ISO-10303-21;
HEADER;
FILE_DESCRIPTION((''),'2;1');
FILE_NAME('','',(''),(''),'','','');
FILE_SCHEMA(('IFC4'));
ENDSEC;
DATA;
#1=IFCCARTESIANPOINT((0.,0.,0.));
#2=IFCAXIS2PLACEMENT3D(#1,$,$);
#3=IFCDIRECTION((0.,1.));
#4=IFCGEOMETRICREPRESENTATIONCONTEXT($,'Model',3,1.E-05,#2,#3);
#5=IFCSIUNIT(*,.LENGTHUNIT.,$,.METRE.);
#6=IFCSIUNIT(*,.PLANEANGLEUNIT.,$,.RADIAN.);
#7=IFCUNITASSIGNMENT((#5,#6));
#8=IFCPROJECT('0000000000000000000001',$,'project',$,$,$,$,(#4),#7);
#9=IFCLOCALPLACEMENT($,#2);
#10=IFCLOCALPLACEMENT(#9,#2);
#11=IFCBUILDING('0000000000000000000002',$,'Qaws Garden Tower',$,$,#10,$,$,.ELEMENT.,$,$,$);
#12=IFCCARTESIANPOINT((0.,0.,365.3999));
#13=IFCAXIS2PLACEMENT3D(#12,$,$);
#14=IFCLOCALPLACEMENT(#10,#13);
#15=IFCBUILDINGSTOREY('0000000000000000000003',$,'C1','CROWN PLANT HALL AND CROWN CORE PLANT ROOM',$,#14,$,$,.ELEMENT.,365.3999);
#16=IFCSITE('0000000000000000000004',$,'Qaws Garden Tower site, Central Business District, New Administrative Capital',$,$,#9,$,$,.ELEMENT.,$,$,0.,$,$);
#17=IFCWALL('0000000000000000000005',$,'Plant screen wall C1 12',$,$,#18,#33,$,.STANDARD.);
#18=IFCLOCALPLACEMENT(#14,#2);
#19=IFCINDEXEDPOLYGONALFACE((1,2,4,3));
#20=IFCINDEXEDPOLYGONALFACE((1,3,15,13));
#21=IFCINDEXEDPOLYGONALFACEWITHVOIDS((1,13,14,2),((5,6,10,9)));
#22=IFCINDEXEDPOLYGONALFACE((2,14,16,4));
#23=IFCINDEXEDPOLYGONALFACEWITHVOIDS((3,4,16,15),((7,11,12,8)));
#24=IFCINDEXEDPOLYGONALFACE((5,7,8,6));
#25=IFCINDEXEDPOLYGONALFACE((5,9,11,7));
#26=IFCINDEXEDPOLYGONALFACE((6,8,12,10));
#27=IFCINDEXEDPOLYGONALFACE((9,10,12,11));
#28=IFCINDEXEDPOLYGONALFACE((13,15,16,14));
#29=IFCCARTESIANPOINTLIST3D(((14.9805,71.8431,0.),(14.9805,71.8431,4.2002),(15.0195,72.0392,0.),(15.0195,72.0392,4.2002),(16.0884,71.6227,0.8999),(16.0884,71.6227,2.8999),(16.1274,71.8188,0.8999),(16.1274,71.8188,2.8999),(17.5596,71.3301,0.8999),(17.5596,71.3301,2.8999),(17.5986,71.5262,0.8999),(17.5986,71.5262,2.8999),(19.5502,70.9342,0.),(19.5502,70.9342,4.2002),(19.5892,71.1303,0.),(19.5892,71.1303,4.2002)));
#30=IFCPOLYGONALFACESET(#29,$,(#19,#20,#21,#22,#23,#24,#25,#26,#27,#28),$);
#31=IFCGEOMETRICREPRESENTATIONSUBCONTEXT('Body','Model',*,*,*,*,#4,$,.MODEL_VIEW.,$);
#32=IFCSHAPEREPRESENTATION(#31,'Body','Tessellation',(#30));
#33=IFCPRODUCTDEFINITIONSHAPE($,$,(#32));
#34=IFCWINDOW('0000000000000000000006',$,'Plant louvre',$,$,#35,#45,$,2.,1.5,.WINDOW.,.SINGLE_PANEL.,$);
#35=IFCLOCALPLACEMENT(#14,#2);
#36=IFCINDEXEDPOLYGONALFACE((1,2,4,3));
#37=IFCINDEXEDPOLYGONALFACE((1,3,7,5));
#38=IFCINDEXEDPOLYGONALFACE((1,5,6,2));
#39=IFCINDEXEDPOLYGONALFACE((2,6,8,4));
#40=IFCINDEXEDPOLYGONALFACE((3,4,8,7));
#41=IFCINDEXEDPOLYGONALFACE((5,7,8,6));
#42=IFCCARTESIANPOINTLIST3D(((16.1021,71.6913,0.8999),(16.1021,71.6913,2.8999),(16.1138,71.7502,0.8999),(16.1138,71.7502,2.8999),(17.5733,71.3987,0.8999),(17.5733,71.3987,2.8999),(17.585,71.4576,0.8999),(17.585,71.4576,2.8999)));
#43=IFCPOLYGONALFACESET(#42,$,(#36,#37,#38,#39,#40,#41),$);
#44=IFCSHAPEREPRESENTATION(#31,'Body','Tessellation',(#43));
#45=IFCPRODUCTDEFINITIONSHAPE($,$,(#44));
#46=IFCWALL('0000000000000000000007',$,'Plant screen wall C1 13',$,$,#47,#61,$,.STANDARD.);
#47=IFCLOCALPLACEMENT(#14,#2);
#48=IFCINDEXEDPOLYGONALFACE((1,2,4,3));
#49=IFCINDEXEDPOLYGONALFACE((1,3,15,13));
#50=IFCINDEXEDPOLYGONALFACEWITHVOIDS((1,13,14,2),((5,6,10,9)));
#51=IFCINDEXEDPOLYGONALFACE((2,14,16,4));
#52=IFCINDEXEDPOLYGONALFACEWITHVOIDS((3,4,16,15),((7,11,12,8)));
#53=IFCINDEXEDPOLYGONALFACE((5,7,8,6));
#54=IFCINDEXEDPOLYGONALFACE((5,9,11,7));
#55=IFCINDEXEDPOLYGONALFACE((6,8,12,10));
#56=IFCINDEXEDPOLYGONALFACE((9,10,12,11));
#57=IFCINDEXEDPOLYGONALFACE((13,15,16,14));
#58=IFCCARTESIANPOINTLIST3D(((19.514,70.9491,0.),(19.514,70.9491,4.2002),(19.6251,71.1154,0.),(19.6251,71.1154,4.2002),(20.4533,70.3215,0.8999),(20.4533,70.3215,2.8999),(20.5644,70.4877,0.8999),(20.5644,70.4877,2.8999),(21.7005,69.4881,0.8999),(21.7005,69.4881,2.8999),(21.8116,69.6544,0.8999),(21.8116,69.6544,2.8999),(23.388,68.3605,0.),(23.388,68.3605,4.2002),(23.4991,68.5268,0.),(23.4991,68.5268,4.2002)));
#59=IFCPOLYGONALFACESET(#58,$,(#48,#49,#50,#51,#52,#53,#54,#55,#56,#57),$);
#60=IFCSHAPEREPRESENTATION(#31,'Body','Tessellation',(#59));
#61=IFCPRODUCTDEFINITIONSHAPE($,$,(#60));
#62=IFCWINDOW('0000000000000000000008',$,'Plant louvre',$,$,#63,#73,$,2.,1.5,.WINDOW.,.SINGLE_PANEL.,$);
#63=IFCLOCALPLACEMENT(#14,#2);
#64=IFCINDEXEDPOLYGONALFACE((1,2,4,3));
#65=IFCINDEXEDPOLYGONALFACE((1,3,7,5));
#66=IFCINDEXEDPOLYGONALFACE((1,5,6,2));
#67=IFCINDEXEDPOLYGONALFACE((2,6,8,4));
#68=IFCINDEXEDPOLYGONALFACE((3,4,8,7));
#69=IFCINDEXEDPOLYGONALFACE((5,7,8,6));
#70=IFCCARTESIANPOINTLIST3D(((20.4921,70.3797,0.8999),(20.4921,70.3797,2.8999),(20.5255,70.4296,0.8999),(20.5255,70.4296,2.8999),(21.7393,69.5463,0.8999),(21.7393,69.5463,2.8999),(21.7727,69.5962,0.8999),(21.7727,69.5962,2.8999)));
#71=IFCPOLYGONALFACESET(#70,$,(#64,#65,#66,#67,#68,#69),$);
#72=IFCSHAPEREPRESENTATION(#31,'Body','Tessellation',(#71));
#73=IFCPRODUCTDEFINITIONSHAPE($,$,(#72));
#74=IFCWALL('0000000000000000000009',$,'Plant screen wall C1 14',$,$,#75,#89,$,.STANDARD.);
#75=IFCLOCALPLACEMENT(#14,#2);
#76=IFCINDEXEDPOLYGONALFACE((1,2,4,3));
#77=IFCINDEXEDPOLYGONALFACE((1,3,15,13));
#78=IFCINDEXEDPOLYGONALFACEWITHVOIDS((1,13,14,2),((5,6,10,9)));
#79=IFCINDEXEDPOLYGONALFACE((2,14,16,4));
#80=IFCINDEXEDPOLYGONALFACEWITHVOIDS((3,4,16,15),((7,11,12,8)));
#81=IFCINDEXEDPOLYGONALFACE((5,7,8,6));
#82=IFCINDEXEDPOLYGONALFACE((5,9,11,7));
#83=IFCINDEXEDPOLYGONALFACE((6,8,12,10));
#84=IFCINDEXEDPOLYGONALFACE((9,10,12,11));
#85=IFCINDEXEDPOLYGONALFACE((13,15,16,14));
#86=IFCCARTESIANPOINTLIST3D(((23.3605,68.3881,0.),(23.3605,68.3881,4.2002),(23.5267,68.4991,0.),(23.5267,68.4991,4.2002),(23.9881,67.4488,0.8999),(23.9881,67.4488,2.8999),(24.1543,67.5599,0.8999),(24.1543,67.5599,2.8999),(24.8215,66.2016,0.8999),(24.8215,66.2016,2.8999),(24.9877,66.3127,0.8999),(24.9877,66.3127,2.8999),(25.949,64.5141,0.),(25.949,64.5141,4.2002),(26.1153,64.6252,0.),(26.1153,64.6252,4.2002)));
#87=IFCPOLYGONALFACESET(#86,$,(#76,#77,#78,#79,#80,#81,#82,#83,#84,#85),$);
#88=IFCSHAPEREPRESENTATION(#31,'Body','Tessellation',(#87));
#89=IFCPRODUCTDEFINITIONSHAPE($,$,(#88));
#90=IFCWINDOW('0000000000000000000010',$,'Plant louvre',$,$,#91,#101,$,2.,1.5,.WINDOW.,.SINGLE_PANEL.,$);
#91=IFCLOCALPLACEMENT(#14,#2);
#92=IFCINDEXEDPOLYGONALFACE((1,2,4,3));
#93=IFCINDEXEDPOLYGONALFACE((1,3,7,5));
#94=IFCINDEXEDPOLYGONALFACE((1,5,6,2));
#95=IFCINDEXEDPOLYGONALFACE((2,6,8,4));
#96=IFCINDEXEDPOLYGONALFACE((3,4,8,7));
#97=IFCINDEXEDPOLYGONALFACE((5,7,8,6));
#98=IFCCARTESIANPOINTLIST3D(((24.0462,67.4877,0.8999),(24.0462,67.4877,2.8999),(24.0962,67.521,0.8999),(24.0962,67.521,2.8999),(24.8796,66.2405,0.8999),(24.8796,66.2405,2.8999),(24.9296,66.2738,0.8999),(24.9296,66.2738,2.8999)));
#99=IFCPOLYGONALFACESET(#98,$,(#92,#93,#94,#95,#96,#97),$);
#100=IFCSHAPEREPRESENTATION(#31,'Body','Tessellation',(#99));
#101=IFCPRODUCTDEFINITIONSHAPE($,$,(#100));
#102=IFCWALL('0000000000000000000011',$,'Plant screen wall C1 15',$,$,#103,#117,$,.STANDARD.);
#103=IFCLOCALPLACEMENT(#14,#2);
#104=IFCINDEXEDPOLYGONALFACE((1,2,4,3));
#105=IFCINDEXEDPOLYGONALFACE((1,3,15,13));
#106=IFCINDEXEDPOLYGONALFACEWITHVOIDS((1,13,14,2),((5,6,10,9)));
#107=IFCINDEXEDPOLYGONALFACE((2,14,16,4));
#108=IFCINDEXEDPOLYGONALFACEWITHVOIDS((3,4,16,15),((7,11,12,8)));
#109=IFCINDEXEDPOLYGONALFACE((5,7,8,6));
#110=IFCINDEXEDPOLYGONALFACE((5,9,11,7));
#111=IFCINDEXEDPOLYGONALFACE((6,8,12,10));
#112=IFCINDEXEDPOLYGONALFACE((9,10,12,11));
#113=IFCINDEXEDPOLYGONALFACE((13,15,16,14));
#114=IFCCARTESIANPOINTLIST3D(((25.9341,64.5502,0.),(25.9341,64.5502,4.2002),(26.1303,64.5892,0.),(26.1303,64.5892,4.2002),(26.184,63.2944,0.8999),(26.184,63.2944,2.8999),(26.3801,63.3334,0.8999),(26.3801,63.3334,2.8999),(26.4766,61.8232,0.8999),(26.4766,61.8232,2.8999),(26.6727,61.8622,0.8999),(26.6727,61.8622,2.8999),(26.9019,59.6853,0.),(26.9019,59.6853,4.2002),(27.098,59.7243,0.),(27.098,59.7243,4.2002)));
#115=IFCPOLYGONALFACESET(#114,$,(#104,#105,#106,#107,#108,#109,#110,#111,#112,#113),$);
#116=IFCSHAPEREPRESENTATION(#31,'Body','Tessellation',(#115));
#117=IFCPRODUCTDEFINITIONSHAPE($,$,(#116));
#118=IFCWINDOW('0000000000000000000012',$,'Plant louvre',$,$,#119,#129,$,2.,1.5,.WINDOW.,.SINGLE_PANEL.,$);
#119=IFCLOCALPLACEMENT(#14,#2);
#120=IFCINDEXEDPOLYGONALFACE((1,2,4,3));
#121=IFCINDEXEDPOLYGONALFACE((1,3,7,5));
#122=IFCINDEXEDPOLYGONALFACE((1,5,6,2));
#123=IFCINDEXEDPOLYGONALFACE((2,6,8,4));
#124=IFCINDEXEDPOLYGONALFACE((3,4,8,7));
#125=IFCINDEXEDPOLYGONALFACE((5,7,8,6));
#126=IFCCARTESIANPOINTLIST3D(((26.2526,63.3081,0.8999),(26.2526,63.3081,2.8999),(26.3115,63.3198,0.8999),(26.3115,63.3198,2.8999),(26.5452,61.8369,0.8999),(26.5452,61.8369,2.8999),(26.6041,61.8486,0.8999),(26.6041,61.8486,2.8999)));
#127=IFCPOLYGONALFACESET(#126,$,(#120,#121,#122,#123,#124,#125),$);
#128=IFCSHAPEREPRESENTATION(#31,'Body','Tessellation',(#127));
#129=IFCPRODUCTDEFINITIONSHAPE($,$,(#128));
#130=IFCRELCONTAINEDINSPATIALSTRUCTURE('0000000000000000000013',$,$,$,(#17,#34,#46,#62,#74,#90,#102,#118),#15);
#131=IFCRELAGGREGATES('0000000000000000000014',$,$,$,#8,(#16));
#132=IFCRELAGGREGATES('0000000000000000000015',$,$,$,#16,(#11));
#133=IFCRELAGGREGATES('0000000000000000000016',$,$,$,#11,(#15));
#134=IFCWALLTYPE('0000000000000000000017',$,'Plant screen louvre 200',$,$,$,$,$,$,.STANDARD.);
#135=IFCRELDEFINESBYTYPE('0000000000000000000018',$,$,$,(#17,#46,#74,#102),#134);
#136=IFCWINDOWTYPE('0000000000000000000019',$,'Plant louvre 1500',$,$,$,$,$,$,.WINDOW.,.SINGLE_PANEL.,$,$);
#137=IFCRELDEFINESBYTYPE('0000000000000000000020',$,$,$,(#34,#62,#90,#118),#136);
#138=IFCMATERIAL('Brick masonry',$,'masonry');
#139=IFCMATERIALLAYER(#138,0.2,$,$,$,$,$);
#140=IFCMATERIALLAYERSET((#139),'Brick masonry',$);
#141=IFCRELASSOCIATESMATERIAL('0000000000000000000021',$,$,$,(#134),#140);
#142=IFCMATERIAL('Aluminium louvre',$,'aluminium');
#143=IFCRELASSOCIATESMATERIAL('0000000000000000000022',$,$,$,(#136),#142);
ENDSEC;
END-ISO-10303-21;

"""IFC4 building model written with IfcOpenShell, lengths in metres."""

from ifc_helpers import new_model, si_unit, direction, frame, frame_2d, origin, place, context, subcontext, project, spatial, rectangle, extrude, material, layer, layer_set, type_object, element, fill, save


model = new_model("IFC4")

# Units and contexts
model_context = context("Model", 3, precision=1e-05, world=origin(), true_north=direction((0.0, 1.0)))
body_context = subcontext(model_context, "Body", "Model", "MODEL_VIEW")
ifc_project = project(units=[si_unit("LENGTHUNIT", "METRE"), si_unit("PLANEANGLEUNIT", "RADIAN")], contexts=[model_context])

# Site, building, storey
site_placement = place(None, origin())
site = spatial("IfcSite", under=ifc_project, at=site_placement, Name="Qaws Garden Tower site, Central Business District, New Administrative Capital", CompositionType="ELEMENT", RefElevation=0.0)
building_placement = place(site_placement, origin())
building = spatial("IfcBuilding", under=site, at=building_placement, Name="Qaws Garden Tower", CompositionType="ELEMENT")
storey_placement = place(building_placement, frame((0.0, 0.0, 365.3999)))
storey = spatial("IfcBuildingStorey", under=building, at=storey_placement, Name="C1", Description="CROWN PLANT HALL AND CROWN CORE PLANT ROOM", CompositionType="ELEMENT", Elevation=365.3999)

# Walls, openings, windows
ifc_material_1 = material(Name="Brick masonry", Category="masonry")
ifc_layer_1 = layer(ifc_material_1, 0.2)
ifc_layer_set_1 = layer_set([ifc_layer_1], Name="Brick masonry")
wall_type_1 = type_object("IfcWallType", Name="Plant screen louvre 200", PredefinedType="STANDARD", material=ifc_layer_set_1)
wall_1_placement = place(storey_placement, frame((15.0, 71.9412, 0.0), z_axis=(0.0, 0.0, 1.0), x_axis=(0.980786, -0.195088, 0.0)))
wall_1 = element("IfcWall", 1, at=wall_1_placement, inside=storey, type_object=wall_type_1, Name="Plant screen wall C1 12", PredefinedType="STANDARD", context=body_context, shape_type="SweptSolid", body=[
    extrude(rectangle(XDim=4.6592, YDim=0.2, at=frame_2d((2.3296, 0.0))), origin(), (0.0, 0.0, 1.0), 4.2002),
])
opening_1_placement = place(wall_1_placement, frame((1.1296, 0.0, 0.8999)))
opening_1 = element("IfcOpeningElement", 2, at=opening_1_placement, cuts=wall_1, PredefinedType="OPENING", context=body_context, shape_type="SweptSolid", body=[
    extrude(rectangle(XDim=1.5, YDim=2.0, at=frame_2d((0.75, 1.0))), frame((0.0, 0.1099, 0.0), z_axis=(0.0, -1.0, 0.0), x_axis=(1.0, 0.0, 0.0)), (0.0, 0.0, 1.0), 0.22),
])
ifc_material_2 = material(Name="Aluminium louvre", Category="aluminium")
window_type = type_object("IfcWindowType", Name="Plant louvre 1500", PartitioningType="SINGLE_PANEL", PredefinedType="WINDOW", material=ifc_material_2)
window_1_placement = place(opening_1_placement, origin())
window_1 = element("IfcWindow", 3, at=window_1_placement, inside=storey, type_object=window_type, Name="Plant louvre", OverallHeight=2.0, OverallWidth=1.5, PartitioningType="SINGLE_PANEL", PredefinedType="WINDOW", context=body_context, shape_type="SweptSolid", body=[
    extrude(rectangle(XDim=1.5, YDim=2.0, at=frame_2d((0.75, 1.0))), frame((0.0, 0.03, 0.0), z_axis=(0.0, -1.0, 0.0), x_axis=(1.0, 0.0, 0.0)), (0.0, 0.0, 1.0), 0.0601),
])
fill(opening_1, window_1)
wall_2_placement = place(storey_placement, frame((19.5696, 71.0322, 0.0), z_axis=(0.0, 0.0, 1.0), x_axis=(0.831461, -0.555583, 0.0)))
wall_2 = element("IfcWall", 4, at=wall_2_placement, inside=storey, type_object=wall_type_1, Name="Plant screen wall C1 13", PredefinedType="STANDARD", context=body_context, shape_type="SweptSolid", body=[
    extrude(rectangle(XDim=4.6592, YDim=0.2, at=frame_2d((2.3296, 0.0))), origin(), (0.0, 0.0, 1.0), 4.2002),
])
opening_2_placement = place(wall_2_placement, frame((1.1296, 0.0, 0.8999)))
opening_2 = element("IfcOpeningElement", 5, at=opening_2_placement, cuts=wall_2, PredefinedType="OPENING", context=body_context, shape_type="SweptSolid", body=[
    extrude(rectangle(XDim=1.5, YDim=2.0, at=frame_2d((0.75, 1.0))), frame((0.0, 0.1099, 0.0), z_axis=(0.0, -1.0, 0.0), x_axis=(1.0, 0.0, 0.0)), (0.0, 0.0, 1.0), 0.22),
])
window_2_placement = place(opening_2_placement, origin())
window_2 = element("IfcWindow", 6, at=window_2_placement, inside=storey, type_object=window_type, Name="Plant louvre", OverallHeight=2.0, OverallWidth=1.5, PartitioningType="SINGLE_PANEL", PredefinedType="WINDOW", context=body_context, shape_type="SweptSolid", body=[
    extrude(rectangle(XDim=1.5, YDim=2.0, at=frame_2d((0.75, 1.0))), frame((0.0, 0.03, 0.0), z_axis=(0.0, -1.0, 0.0), x_axis=(1.0, 0.0, 0.0)), (0.0, 0.0, 1.0), 0.0601),
])
fill(opening_2, window_2)
wall_3_placement = place(storey_placement, frame((23.4436, 68.4436, 0.0), z_axis=(0.0, 0.0, 1.0), x_axis=(0.555583, -0.831461, 0.0)))
wall_3 = element("IfcWall", 7, at=wall_3_placement, inside=storey, type_object=wall_type_1, Name="Plant screen wall C1 14", PredefinedType="STANDARD", context=body_context, shape_type="SweptSolid", body=[
    extrude(rectangle(XDim=4.6592, YDim=0.2, at=frame_2d((2.3296, 0.0))), origin(), (0.0, 0.0, 1.0), 4.2002),
])
opening_3_placement = place(wall_3_placement, frame((1.1296, 0.0, 0.8999)))
opening_3 = element("IfcOpeningElement", 8, at=opening_3_placement, cuts=wall_3, PredefinedType="OPENING", context=body_context, shape_type="SweptSolid", body=[
    extrude(rectangle(XDim=1.5, YDim=2.0, at=frame_2d((0.75, 1.0))), frame((0.0, 0.1099, 0.0), z_axis=(0.0, -1.0, 0.0), x_axis=(1.0, 0.0, 0.0)), (0.0, 0.0, 1.0), 0.22),
])
window_3_placement = place(opening_3_placement, origin())
window_3 = element("IfcWindow", 9, at=window_3_placement, inside=storey, type_object=window_type, Name="Plant louvre", OverallHeight=2.0, OverallWidth=1.5, PartitioningType="SINGLE_PANEL", PredefinedType="WINDOW", context=body_context, shape_type="SweptSolid", body=[
    extrude(rectangle(XDim=1.5, YDim=2.0, at=frame_2d((0.75, 1.0))), frame((0.0, 0.03, 0.0), z_axis=(0.0, -1.0, 0.0), x_axis=(1.0, 0.0, 0.0)), (0.0, 0.0, 1.0), 0.0601),
])
fill(opening_3, window_3)
wall_4_placement = place(storey_placement, frame((26.0322, 64.5696, 0.0), z_axis=(0.0, 0.0, 1.0), x_axis=(0.195103, -0.980783, 0.0)))
wall_4 = element("IfcWall", 10, at=wall_4_placement, inside=storey, type_object=wall_type_1, Name="Plant screen wall C1 15", PredefinedType="STANDARD", context=body_context, shape_type="SweptSolid", body=[
    extrude(rectangle(XDim=4.9602, YDim=0.2, at=frame_2d((2.48, 0.0))), origin(), (0.0, 0.0, 1.0), 4.2002),
])
opening_4_placement = place(wall_4_placement, frame((1.2803, 0.0, 0.8999)))
opening_4 = element("IfcOpeningElement", 11, at=opening_4_placement, cuts=wall_4, PredefinedType="OPENING", context=body_context, shape_type="SweptSolid", body=[
    extrude(rectangle(XDim=1.5, YDim=2.0, at=frame_2d((0.75, 1.0))), frame((0.0, 0.1099, 0.0), z_axis=(0.0, -1.0, 0.0), x_axis=(1.0, 0.0, 0.0)), (0.0, 0.0, 1.0), 0.22),
])
window_4_placement = place(opening_4_placement, origin())
window_4 = element("IfcWindow", 12, at=window_4_placement, inside=storey, type_object=window_type, Name="Plant louvre", OverallHeight=2.0, OverallWidth=1.5, PartitioningType="SINGLE_PANEL", PredefinedType="WINDOW", context=body_context, shape_type="SweptSolid", body=[
    extrude(rectangle(XDim=1.5, YDim=2.0, at=frame_2d((0.75, 1.0))), frame((0.0, 0.03, 0.0), z_axis=(0.0, -1.0, 0.0), x_axis=(1.0, 0.0, 0.0)), (0.0, 0.0, 1.0), 0.0601),
])
fill(opening_4, window_4)

save(model, "model.ifc")
